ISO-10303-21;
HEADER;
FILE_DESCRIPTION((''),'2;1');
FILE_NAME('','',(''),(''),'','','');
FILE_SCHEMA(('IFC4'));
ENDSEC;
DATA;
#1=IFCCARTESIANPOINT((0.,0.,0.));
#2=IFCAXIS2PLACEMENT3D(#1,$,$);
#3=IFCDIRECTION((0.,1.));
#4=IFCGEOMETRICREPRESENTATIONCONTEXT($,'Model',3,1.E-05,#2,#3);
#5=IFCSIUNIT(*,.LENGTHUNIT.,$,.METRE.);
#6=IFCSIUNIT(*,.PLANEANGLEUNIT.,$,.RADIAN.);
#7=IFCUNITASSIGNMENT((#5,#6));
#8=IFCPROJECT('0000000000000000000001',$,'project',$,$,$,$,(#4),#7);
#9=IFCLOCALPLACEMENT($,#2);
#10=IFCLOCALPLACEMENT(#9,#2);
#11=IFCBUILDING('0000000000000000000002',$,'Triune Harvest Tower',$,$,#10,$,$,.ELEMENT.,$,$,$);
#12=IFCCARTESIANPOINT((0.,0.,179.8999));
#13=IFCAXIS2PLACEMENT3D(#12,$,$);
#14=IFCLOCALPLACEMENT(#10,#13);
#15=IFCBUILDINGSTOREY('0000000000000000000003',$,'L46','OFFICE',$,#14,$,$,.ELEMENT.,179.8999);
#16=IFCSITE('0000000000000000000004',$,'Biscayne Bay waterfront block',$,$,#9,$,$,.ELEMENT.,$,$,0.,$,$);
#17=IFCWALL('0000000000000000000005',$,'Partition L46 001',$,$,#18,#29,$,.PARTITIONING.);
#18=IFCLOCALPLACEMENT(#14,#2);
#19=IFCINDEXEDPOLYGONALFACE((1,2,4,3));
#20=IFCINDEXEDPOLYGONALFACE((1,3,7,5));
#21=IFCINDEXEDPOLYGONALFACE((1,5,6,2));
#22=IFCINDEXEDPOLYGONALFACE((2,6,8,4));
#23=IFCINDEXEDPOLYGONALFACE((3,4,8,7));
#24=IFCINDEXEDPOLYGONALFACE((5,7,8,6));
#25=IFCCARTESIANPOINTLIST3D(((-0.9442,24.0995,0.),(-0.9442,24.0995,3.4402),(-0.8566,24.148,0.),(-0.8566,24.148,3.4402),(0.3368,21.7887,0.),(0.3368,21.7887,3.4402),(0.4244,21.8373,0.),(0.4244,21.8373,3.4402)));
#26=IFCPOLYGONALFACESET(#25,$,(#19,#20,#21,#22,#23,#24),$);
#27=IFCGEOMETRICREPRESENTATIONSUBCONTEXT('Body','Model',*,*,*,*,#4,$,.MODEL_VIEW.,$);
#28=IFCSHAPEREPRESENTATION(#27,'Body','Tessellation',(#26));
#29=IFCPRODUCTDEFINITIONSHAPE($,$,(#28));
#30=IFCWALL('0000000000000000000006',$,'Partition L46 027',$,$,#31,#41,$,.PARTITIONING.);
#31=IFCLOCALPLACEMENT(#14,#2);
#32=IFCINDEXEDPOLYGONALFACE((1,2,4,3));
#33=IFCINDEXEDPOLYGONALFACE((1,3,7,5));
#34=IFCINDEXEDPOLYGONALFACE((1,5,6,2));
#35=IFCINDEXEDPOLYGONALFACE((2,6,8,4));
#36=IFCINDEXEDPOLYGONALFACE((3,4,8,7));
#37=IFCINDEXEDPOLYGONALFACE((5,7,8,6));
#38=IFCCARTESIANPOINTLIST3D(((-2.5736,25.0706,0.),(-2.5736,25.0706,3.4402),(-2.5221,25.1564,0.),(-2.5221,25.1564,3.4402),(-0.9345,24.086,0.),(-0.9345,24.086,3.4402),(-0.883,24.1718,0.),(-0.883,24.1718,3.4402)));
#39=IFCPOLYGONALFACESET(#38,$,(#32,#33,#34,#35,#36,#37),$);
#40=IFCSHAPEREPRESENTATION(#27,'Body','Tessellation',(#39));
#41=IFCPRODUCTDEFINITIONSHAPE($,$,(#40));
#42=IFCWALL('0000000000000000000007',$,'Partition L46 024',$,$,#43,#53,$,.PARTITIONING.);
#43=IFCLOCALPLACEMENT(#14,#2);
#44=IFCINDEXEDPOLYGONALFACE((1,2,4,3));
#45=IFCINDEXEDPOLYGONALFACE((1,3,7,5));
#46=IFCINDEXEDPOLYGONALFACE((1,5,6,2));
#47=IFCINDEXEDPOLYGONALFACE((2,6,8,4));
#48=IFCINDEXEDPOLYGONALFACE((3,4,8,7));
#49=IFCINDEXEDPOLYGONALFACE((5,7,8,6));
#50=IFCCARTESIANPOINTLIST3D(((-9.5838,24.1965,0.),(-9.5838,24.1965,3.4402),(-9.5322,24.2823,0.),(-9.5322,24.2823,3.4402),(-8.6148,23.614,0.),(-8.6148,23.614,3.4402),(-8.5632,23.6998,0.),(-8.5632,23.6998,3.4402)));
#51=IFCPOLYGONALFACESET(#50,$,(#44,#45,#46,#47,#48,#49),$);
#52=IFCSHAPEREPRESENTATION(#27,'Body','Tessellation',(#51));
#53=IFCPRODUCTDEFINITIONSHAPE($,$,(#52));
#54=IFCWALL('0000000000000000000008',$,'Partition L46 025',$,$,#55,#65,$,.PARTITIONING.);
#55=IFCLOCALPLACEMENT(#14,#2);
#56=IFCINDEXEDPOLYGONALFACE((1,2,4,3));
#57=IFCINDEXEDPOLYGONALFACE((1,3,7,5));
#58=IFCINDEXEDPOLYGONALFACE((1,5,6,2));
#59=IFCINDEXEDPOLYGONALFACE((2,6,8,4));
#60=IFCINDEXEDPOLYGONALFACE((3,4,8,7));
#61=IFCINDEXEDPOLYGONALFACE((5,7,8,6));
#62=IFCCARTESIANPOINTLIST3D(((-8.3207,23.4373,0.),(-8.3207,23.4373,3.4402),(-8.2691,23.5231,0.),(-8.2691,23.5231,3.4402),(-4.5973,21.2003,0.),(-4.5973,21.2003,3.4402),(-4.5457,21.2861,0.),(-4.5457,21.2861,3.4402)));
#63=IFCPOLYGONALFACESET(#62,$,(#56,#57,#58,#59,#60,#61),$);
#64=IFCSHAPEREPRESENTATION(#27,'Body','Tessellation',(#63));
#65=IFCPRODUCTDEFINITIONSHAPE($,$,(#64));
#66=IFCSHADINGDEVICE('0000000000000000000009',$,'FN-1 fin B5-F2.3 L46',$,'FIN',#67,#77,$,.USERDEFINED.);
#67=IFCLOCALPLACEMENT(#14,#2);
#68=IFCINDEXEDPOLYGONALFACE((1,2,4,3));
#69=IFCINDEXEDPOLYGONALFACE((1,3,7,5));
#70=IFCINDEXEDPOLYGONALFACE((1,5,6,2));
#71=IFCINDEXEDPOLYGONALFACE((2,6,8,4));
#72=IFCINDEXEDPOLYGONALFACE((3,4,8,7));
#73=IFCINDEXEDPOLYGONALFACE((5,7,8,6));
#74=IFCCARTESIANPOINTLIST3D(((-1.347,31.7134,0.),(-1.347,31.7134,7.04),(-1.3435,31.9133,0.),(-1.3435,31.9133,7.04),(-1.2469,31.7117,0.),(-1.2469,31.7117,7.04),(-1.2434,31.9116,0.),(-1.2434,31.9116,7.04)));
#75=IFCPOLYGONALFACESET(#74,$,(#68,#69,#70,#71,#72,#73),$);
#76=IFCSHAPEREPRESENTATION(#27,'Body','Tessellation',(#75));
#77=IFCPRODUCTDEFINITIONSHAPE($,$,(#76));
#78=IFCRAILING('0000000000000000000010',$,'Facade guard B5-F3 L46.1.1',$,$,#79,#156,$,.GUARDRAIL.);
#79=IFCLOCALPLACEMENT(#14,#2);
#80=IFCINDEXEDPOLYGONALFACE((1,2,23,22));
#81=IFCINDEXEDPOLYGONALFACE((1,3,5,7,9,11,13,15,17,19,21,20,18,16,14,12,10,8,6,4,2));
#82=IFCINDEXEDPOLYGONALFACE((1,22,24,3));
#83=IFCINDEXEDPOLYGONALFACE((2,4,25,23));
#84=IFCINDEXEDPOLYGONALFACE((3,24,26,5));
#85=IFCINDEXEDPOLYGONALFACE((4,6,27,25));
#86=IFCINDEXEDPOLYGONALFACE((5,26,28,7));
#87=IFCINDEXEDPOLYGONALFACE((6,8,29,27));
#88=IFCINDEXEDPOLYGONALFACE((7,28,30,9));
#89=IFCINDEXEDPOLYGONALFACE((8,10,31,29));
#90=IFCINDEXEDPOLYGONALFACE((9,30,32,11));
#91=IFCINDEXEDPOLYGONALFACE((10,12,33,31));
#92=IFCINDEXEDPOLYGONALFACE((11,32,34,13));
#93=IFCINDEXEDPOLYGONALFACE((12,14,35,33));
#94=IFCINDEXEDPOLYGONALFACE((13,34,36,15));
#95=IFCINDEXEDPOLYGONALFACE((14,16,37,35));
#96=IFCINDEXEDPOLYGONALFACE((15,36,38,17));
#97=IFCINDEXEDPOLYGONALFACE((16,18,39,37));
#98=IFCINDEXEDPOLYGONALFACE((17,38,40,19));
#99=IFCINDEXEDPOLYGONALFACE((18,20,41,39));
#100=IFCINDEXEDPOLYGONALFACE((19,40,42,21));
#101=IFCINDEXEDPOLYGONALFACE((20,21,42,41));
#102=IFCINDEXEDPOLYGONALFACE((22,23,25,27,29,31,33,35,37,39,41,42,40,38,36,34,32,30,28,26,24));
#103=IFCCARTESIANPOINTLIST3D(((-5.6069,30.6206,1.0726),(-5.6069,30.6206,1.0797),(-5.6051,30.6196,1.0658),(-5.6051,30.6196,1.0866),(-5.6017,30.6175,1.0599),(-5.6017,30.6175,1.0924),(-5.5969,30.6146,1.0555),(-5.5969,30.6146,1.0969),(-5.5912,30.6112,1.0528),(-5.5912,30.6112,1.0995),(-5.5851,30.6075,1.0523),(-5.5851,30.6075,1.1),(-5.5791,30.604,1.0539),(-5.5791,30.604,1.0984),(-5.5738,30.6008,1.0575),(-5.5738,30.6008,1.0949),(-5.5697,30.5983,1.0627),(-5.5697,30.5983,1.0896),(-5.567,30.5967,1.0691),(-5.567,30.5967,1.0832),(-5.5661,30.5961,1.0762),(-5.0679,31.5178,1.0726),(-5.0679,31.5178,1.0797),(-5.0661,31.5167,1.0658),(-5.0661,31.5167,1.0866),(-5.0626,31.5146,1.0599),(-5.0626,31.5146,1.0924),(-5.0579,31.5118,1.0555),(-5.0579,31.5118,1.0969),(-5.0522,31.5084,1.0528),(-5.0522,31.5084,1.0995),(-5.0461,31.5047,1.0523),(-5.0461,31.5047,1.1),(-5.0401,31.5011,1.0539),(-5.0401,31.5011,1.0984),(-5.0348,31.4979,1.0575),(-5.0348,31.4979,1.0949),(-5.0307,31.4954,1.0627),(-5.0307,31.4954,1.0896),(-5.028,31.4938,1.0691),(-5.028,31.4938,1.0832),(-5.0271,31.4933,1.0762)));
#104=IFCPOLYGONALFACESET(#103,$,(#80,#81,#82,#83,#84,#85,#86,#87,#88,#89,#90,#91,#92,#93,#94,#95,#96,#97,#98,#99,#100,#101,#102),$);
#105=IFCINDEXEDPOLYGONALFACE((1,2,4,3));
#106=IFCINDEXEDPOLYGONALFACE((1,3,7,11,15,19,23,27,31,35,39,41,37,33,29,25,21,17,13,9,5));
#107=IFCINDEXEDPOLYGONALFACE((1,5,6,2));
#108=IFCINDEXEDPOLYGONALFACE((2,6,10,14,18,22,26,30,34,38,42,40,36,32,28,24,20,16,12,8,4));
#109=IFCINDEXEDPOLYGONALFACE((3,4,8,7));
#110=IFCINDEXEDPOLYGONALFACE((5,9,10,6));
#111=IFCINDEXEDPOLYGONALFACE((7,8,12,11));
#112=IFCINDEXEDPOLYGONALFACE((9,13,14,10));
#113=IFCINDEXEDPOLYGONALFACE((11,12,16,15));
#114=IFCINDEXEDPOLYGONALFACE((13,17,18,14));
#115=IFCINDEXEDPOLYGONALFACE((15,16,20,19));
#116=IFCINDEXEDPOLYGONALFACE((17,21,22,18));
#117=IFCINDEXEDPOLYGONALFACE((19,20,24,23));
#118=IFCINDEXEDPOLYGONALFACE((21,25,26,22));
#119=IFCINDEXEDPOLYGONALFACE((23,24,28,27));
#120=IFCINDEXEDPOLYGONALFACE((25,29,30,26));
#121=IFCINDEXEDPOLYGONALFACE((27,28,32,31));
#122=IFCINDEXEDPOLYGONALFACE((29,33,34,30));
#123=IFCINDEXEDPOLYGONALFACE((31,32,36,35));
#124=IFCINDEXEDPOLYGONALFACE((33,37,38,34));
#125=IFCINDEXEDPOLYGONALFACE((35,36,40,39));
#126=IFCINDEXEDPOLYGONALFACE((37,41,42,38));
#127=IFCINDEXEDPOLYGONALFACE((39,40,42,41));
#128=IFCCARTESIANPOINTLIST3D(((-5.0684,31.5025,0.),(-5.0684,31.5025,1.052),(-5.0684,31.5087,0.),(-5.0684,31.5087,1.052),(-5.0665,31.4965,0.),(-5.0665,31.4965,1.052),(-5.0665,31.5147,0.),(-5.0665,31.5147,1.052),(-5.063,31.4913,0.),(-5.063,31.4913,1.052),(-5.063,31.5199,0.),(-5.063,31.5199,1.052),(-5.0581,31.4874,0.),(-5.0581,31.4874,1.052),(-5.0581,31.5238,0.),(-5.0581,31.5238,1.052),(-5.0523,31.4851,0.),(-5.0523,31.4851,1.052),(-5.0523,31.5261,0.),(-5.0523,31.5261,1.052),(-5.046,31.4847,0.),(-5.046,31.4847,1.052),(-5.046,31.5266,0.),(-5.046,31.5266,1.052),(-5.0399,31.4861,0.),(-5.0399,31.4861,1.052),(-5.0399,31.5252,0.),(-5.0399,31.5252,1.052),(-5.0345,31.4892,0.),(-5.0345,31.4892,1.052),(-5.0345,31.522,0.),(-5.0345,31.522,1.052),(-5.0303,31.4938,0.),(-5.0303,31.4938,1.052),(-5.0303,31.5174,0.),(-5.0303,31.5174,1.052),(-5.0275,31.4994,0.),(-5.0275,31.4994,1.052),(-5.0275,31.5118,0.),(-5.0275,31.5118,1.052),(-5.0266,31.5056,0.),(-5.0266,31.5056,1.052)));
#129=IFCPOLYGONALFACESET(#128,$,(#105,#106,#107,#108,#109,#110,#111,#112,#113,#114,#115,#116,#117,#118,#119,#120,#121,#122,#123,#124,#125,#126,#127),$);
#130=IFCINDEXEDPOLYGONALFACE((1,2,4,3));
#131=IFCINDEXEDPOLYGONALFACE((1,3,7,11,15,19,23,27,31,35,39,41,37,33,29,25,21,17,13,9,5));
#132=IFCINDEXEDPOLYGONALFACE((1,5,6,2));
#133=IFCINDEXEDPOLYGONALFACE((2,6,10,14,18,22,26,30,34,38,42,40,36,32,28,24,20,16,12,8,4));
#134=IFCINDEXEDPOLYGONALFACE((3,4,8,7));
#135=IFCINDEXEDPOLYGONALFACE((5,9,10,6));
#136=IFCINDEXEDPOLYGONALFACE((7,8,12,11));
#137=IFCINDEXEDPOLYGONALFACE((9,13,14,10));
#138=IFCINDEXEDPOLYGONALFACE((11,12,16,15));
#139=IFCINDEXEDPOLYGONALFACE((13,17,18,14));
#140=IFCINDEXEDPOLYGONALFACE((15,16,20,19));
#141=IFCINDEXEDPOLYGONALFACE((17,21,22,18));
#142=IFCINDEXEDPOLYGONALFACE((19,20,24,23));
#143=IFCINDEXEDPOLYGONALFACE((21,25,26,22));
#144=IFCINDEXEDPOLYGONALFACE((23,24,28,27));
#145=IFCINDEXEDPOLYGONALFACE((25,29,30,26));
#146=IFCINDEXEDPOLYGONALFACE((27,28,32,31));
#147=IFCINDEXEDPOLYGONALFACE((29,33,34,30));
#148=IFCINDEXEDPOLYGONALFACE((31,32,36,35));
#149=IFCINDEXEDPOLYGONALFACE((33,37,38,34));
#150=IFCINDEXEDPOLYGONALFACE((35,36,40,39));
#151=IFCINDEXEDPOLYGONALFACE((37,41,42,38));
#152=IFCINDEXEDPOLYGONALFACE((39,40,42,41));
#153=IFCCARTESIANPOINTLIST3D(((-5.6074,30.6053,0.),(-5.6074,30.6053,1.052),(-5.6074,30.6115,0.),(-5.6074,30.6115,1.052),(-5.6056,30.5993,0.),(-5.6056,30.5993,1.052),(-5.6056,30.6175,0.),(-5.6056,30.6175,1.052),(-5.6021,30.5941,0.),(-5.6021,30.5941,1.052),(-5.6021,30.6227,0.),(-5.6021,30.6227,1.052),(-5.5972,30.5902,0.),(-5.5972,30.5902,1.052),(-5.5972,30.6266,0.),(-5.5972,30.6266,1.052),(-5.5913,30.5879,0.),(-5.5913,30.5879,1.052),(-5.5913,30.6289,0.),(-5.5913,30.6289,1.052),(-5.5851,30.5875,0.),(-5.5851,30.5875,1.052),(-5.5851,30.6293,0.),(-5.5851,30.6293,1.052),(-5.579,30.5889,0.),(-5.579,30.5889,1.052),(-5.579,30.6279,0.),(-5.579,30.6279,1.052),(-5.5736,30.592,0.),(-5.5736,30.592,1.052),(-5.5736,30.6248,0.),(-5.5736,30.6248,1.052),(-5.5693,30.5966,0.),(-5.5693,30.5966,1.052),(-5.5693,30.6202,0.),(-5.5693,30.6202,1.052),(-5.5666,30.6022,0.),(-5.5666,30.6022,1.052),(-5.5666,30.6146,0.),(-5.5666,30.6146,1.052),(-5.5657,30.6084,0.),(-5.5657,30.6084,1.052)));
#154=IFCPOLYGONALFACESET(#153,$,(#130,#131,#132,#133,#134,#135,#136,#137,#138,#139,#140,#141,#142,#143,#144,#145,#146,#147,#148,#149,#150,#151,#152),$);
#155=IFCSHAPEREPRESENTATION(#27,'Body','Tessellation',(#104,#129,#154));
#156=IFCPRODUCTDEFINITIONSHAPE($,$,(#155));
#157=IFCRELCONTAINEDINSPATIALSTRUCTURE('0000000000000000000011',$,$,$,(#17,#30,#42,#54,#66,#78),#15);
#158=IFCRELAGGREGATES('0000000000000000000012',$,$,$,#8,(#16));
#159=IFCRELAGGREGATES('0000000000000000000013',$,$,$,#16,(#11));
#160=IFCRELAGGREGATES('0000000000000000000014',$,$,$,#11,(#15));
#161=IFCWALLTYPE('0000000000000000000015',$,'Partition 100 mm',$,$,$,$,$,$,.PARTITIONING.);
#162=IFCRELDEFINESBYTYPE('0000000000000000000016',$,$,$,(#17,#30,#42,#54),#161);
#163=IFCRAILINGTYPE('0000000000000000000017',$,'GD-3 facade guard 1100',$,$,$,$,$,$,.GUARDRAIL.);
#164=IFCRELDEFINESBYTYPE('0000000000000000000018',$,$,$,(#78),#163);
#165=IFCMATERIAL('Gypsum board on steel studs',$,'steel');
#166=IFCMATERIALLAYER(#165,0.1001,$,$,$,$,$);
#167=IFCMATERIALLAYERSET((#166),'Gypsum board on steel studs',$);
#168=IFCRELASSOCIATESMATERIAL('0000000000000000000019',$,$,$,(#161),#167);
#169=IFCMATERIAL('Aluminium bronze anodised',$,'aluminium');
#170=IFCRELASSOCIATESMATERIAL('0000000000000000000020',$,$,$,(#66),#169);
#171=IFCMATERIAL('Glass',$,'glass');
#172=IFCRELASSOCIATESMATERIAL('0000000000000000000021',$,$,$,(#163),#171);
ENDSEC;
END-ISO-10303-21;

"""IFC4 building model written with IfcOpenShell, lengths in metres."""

from ifc_helpers import new_model, si_unit, direction, frame, frame_2d, origin, origin_2d, place, context, subcontext, project, spatial, rectangle, circle, extrude, source, transform, mapped, material, layer, layer_set, type_object, element, save


model = new_model("IFC4")

# Units and contexts
model_context = context("Model", 3, precision=1e-05, world=origin(), true_north=direction((0.0, 1.0)))
body_context = subcontext(model_context, "Body", "Model", "MODEL_VIEW")
ifc_project = project(units=[si_unit("LENGTHUNIT", "METRE"), si_unit("PLANEANGLEUNIT", "RADIAN")], contexts=[model_context])

# Site, building, storey
site_placement = place(None, origin())
site = spatial("IfcSite", under=ifc_project, at=site_placement, Name="Biscayne Bay waterfront block", CompositionType="ELEMENT", RefElevation=0.0)
building_placement = place(site_placement, origin())
building = spatial("IfcBuilding", under=site, at=building_placement, Name="Triune Harvest Tower", CompositionType="ELEMENT")
storey_placement = place(building_placement, frame((0.0, 0.0, 179.8999)))
storey = spatial("IfcBuildingStorey", under=building, at=storey_placement, Name="L46", Description="OFFICE", CompositionType="ELEMENT", Elevation=179.8999)

# Walls
ifc_material_1 = material(Name="Gypsum board on steel studs", Category="steel")
ifc_layer_1 = layer(ifc_material_1, 0.1001)
ifc_layer_set_1 = layer_set([ifc_layer_1], Name="Gypsum board on steel studs")
wall_type = type_object("IfcWallType", Name="Partition 100 mm", PredefinedType="PARTITIONING", material=ifc_layer_set_1)
wall_1_placement = place(storey_placement, frame((-0.9004, 24.1238, 0.0), z_axis=(0.0, 0.0, 1.0), x_axis=(0.484842, -0.874601, 0.0)))
element("IfcWall", 1, at=wall_1_placement, inside=storey, type_object=wall_type, Name="Partition L46 001", PredefinedType="PARTITIONING", context=body_context, shape_type="SweptSolid", body=[
    extrude(rectangle(XDim=2.6421, YDim=0.1001, at=frame_2d((1.321, 0.0))), origin(), (0.0, 0.0, 1.0), 3.4402),
])
wall_2_placement = place(storey_placement, frame((-2.5479, 25.1135, 0.0), z_axis=(0.0, 0.0, 1.0), x_axis=(0.857234, -0.514928, 0.0)))
element("IfcWall", 2, at=wall_2_placement, inside=storey, type_object=wall_type, Name="Partition L46 027", PredefinedType="PARTITIONING", context=body_context, shape_type="SweptSolid", body=[
    extrude(rectangle(XDim=1.9121, YDim=0.1001, at=frame_2d((0.9561, 0.0))), origin(), (0.0, 0.0, 1.0), 3.4402),
])
shared_shape_1 = source(origin(), body_context, "Body", "SweptSolid", [
    extrude(rectangle(XDim=1.1306, YDim=0.1001, at=frame_2d((0.5654, 0.0))), origin(), (0.0, 0.0, 1.0), 3.4402),
])
wall_3_placement = place(storey_placement, frame((-9.5581, 24.2395, 0.0), z_axis=(0.0, 0.0, 1.0), x_axis=(0.857054, -0.515226, 0.0)))
element("IfcWall", 3, at=wall_3_placement, inside=storey, type_object=wall_type, Name="Partition L46 024", PredefinedType="PARTITIONING", context=body_context, shape_type="MappedRepresentation", body=[
    mapped(shared_shape_1, transform((0.0, 0.0, 0.0), scale=1.0)),
])
shared_shape_2 = source(origin(), body_context, "Body", "SweptSolid", [
    extrude(rectangle(XDim=4.3438, YDim=0.1001, at=frame_2d((2.1719, 0.0))), origin(), (0.0, 0.0, 1.0), 3.4402),
])
wall_4_placement = place(storey_placement, frame((-8.2949, 23.4802, 0.0), z_axis=(0.0, 0.0, 1.0), x_axis=(0.857185, -0.515008, 0.0)))
element("IfcWall", 4, at=wall_4_placement, inside=storey, type_object=wall_type, Name="Partition L46 025", PredefinedType="PARTITIONING", context=body_context, shape_type="MappedRepresentation", body=[
    mapped(shared_shape_2, transform((0.0, 0.0, 0.0), scale=1.0)),
])

# Shading device
ifc_material_2 = material(Name="Aluminium bronze anodised", Category="aluminium")
shared_shape_3 = source(origin(), body_context, "Body", "SweptSolid", [
    extrude(rectangle(XDim=0.1001, YDim=0.2, at=origin_2d()), origin(), (0.0, 0.0, 1.0), 7.04),
])
shading_device_placement = place(storey_placement, frame((-1.2952, 31.8125, 0.0), z_axis=(0.0, 0.0, 1.0), x_axis=(-0.999848, 0.017446, 0.0)))
element("IfcShadingDevice", 5, at=shading_device_placement, inside=storey, material=ifc_material_2, Name="FN-1 fin B5-F2.3 L46", ObjectType="FIN", PredefinedType="USERDEFINED", context=body_context, shape_type="MappedRepresentation", body=[
    mapped(shared_shape_3, transform((0.0, 0.0, 0.0), scale=1.0)),
])

# Railing
ifc_material_3 = material(Name="Glass", Category="glass")
railing_type = type_object("IfcRailingType", Name="GD-3 facade guard 1100", PredefinedType="GUARDRAIL", material=ifc_material_3)
shared_shape_4 = source(origin(), body_context, "Body", "SweptSolid", [
    extrude(circle(Radius=0.0239, at=origin_2d()), frame((0.0, 0.0, 1.0762), z_axis=(-0.51501, -0.857184, 0.0), x_axis=(0.857184, -0.51501, 0.0)), (0.0, 0.0, 1.0), 1.0466),
    extrude(circle(Radius=0.021, at=origin_2d()), origin(), (0.0, 0.0, 1.0), 1.052),
    extrude(circle(Radius=0.021, at=origin_2d()), frame((-0.5391, -0.8972, 0.0)), (0.0, 0.0, 1.0), 1.052),
])
railing_placement = place(storey_placement, frame((-5.0476, 31.5056, 0.0)))
element("IfcRailing", 6, at=railing_placement, inside=storey, type_object=railing_type, Name="Facade guard B5-F3 L46.1.1", PredefinedType="GUARDRAIL", context=body_context, shape_type="MappedRepresentation", body=[
    mapped(shared_shape_4, transform((0.0, 0.0, 0.0), scale=1.0)),
])

save(model, "model.ifc")
